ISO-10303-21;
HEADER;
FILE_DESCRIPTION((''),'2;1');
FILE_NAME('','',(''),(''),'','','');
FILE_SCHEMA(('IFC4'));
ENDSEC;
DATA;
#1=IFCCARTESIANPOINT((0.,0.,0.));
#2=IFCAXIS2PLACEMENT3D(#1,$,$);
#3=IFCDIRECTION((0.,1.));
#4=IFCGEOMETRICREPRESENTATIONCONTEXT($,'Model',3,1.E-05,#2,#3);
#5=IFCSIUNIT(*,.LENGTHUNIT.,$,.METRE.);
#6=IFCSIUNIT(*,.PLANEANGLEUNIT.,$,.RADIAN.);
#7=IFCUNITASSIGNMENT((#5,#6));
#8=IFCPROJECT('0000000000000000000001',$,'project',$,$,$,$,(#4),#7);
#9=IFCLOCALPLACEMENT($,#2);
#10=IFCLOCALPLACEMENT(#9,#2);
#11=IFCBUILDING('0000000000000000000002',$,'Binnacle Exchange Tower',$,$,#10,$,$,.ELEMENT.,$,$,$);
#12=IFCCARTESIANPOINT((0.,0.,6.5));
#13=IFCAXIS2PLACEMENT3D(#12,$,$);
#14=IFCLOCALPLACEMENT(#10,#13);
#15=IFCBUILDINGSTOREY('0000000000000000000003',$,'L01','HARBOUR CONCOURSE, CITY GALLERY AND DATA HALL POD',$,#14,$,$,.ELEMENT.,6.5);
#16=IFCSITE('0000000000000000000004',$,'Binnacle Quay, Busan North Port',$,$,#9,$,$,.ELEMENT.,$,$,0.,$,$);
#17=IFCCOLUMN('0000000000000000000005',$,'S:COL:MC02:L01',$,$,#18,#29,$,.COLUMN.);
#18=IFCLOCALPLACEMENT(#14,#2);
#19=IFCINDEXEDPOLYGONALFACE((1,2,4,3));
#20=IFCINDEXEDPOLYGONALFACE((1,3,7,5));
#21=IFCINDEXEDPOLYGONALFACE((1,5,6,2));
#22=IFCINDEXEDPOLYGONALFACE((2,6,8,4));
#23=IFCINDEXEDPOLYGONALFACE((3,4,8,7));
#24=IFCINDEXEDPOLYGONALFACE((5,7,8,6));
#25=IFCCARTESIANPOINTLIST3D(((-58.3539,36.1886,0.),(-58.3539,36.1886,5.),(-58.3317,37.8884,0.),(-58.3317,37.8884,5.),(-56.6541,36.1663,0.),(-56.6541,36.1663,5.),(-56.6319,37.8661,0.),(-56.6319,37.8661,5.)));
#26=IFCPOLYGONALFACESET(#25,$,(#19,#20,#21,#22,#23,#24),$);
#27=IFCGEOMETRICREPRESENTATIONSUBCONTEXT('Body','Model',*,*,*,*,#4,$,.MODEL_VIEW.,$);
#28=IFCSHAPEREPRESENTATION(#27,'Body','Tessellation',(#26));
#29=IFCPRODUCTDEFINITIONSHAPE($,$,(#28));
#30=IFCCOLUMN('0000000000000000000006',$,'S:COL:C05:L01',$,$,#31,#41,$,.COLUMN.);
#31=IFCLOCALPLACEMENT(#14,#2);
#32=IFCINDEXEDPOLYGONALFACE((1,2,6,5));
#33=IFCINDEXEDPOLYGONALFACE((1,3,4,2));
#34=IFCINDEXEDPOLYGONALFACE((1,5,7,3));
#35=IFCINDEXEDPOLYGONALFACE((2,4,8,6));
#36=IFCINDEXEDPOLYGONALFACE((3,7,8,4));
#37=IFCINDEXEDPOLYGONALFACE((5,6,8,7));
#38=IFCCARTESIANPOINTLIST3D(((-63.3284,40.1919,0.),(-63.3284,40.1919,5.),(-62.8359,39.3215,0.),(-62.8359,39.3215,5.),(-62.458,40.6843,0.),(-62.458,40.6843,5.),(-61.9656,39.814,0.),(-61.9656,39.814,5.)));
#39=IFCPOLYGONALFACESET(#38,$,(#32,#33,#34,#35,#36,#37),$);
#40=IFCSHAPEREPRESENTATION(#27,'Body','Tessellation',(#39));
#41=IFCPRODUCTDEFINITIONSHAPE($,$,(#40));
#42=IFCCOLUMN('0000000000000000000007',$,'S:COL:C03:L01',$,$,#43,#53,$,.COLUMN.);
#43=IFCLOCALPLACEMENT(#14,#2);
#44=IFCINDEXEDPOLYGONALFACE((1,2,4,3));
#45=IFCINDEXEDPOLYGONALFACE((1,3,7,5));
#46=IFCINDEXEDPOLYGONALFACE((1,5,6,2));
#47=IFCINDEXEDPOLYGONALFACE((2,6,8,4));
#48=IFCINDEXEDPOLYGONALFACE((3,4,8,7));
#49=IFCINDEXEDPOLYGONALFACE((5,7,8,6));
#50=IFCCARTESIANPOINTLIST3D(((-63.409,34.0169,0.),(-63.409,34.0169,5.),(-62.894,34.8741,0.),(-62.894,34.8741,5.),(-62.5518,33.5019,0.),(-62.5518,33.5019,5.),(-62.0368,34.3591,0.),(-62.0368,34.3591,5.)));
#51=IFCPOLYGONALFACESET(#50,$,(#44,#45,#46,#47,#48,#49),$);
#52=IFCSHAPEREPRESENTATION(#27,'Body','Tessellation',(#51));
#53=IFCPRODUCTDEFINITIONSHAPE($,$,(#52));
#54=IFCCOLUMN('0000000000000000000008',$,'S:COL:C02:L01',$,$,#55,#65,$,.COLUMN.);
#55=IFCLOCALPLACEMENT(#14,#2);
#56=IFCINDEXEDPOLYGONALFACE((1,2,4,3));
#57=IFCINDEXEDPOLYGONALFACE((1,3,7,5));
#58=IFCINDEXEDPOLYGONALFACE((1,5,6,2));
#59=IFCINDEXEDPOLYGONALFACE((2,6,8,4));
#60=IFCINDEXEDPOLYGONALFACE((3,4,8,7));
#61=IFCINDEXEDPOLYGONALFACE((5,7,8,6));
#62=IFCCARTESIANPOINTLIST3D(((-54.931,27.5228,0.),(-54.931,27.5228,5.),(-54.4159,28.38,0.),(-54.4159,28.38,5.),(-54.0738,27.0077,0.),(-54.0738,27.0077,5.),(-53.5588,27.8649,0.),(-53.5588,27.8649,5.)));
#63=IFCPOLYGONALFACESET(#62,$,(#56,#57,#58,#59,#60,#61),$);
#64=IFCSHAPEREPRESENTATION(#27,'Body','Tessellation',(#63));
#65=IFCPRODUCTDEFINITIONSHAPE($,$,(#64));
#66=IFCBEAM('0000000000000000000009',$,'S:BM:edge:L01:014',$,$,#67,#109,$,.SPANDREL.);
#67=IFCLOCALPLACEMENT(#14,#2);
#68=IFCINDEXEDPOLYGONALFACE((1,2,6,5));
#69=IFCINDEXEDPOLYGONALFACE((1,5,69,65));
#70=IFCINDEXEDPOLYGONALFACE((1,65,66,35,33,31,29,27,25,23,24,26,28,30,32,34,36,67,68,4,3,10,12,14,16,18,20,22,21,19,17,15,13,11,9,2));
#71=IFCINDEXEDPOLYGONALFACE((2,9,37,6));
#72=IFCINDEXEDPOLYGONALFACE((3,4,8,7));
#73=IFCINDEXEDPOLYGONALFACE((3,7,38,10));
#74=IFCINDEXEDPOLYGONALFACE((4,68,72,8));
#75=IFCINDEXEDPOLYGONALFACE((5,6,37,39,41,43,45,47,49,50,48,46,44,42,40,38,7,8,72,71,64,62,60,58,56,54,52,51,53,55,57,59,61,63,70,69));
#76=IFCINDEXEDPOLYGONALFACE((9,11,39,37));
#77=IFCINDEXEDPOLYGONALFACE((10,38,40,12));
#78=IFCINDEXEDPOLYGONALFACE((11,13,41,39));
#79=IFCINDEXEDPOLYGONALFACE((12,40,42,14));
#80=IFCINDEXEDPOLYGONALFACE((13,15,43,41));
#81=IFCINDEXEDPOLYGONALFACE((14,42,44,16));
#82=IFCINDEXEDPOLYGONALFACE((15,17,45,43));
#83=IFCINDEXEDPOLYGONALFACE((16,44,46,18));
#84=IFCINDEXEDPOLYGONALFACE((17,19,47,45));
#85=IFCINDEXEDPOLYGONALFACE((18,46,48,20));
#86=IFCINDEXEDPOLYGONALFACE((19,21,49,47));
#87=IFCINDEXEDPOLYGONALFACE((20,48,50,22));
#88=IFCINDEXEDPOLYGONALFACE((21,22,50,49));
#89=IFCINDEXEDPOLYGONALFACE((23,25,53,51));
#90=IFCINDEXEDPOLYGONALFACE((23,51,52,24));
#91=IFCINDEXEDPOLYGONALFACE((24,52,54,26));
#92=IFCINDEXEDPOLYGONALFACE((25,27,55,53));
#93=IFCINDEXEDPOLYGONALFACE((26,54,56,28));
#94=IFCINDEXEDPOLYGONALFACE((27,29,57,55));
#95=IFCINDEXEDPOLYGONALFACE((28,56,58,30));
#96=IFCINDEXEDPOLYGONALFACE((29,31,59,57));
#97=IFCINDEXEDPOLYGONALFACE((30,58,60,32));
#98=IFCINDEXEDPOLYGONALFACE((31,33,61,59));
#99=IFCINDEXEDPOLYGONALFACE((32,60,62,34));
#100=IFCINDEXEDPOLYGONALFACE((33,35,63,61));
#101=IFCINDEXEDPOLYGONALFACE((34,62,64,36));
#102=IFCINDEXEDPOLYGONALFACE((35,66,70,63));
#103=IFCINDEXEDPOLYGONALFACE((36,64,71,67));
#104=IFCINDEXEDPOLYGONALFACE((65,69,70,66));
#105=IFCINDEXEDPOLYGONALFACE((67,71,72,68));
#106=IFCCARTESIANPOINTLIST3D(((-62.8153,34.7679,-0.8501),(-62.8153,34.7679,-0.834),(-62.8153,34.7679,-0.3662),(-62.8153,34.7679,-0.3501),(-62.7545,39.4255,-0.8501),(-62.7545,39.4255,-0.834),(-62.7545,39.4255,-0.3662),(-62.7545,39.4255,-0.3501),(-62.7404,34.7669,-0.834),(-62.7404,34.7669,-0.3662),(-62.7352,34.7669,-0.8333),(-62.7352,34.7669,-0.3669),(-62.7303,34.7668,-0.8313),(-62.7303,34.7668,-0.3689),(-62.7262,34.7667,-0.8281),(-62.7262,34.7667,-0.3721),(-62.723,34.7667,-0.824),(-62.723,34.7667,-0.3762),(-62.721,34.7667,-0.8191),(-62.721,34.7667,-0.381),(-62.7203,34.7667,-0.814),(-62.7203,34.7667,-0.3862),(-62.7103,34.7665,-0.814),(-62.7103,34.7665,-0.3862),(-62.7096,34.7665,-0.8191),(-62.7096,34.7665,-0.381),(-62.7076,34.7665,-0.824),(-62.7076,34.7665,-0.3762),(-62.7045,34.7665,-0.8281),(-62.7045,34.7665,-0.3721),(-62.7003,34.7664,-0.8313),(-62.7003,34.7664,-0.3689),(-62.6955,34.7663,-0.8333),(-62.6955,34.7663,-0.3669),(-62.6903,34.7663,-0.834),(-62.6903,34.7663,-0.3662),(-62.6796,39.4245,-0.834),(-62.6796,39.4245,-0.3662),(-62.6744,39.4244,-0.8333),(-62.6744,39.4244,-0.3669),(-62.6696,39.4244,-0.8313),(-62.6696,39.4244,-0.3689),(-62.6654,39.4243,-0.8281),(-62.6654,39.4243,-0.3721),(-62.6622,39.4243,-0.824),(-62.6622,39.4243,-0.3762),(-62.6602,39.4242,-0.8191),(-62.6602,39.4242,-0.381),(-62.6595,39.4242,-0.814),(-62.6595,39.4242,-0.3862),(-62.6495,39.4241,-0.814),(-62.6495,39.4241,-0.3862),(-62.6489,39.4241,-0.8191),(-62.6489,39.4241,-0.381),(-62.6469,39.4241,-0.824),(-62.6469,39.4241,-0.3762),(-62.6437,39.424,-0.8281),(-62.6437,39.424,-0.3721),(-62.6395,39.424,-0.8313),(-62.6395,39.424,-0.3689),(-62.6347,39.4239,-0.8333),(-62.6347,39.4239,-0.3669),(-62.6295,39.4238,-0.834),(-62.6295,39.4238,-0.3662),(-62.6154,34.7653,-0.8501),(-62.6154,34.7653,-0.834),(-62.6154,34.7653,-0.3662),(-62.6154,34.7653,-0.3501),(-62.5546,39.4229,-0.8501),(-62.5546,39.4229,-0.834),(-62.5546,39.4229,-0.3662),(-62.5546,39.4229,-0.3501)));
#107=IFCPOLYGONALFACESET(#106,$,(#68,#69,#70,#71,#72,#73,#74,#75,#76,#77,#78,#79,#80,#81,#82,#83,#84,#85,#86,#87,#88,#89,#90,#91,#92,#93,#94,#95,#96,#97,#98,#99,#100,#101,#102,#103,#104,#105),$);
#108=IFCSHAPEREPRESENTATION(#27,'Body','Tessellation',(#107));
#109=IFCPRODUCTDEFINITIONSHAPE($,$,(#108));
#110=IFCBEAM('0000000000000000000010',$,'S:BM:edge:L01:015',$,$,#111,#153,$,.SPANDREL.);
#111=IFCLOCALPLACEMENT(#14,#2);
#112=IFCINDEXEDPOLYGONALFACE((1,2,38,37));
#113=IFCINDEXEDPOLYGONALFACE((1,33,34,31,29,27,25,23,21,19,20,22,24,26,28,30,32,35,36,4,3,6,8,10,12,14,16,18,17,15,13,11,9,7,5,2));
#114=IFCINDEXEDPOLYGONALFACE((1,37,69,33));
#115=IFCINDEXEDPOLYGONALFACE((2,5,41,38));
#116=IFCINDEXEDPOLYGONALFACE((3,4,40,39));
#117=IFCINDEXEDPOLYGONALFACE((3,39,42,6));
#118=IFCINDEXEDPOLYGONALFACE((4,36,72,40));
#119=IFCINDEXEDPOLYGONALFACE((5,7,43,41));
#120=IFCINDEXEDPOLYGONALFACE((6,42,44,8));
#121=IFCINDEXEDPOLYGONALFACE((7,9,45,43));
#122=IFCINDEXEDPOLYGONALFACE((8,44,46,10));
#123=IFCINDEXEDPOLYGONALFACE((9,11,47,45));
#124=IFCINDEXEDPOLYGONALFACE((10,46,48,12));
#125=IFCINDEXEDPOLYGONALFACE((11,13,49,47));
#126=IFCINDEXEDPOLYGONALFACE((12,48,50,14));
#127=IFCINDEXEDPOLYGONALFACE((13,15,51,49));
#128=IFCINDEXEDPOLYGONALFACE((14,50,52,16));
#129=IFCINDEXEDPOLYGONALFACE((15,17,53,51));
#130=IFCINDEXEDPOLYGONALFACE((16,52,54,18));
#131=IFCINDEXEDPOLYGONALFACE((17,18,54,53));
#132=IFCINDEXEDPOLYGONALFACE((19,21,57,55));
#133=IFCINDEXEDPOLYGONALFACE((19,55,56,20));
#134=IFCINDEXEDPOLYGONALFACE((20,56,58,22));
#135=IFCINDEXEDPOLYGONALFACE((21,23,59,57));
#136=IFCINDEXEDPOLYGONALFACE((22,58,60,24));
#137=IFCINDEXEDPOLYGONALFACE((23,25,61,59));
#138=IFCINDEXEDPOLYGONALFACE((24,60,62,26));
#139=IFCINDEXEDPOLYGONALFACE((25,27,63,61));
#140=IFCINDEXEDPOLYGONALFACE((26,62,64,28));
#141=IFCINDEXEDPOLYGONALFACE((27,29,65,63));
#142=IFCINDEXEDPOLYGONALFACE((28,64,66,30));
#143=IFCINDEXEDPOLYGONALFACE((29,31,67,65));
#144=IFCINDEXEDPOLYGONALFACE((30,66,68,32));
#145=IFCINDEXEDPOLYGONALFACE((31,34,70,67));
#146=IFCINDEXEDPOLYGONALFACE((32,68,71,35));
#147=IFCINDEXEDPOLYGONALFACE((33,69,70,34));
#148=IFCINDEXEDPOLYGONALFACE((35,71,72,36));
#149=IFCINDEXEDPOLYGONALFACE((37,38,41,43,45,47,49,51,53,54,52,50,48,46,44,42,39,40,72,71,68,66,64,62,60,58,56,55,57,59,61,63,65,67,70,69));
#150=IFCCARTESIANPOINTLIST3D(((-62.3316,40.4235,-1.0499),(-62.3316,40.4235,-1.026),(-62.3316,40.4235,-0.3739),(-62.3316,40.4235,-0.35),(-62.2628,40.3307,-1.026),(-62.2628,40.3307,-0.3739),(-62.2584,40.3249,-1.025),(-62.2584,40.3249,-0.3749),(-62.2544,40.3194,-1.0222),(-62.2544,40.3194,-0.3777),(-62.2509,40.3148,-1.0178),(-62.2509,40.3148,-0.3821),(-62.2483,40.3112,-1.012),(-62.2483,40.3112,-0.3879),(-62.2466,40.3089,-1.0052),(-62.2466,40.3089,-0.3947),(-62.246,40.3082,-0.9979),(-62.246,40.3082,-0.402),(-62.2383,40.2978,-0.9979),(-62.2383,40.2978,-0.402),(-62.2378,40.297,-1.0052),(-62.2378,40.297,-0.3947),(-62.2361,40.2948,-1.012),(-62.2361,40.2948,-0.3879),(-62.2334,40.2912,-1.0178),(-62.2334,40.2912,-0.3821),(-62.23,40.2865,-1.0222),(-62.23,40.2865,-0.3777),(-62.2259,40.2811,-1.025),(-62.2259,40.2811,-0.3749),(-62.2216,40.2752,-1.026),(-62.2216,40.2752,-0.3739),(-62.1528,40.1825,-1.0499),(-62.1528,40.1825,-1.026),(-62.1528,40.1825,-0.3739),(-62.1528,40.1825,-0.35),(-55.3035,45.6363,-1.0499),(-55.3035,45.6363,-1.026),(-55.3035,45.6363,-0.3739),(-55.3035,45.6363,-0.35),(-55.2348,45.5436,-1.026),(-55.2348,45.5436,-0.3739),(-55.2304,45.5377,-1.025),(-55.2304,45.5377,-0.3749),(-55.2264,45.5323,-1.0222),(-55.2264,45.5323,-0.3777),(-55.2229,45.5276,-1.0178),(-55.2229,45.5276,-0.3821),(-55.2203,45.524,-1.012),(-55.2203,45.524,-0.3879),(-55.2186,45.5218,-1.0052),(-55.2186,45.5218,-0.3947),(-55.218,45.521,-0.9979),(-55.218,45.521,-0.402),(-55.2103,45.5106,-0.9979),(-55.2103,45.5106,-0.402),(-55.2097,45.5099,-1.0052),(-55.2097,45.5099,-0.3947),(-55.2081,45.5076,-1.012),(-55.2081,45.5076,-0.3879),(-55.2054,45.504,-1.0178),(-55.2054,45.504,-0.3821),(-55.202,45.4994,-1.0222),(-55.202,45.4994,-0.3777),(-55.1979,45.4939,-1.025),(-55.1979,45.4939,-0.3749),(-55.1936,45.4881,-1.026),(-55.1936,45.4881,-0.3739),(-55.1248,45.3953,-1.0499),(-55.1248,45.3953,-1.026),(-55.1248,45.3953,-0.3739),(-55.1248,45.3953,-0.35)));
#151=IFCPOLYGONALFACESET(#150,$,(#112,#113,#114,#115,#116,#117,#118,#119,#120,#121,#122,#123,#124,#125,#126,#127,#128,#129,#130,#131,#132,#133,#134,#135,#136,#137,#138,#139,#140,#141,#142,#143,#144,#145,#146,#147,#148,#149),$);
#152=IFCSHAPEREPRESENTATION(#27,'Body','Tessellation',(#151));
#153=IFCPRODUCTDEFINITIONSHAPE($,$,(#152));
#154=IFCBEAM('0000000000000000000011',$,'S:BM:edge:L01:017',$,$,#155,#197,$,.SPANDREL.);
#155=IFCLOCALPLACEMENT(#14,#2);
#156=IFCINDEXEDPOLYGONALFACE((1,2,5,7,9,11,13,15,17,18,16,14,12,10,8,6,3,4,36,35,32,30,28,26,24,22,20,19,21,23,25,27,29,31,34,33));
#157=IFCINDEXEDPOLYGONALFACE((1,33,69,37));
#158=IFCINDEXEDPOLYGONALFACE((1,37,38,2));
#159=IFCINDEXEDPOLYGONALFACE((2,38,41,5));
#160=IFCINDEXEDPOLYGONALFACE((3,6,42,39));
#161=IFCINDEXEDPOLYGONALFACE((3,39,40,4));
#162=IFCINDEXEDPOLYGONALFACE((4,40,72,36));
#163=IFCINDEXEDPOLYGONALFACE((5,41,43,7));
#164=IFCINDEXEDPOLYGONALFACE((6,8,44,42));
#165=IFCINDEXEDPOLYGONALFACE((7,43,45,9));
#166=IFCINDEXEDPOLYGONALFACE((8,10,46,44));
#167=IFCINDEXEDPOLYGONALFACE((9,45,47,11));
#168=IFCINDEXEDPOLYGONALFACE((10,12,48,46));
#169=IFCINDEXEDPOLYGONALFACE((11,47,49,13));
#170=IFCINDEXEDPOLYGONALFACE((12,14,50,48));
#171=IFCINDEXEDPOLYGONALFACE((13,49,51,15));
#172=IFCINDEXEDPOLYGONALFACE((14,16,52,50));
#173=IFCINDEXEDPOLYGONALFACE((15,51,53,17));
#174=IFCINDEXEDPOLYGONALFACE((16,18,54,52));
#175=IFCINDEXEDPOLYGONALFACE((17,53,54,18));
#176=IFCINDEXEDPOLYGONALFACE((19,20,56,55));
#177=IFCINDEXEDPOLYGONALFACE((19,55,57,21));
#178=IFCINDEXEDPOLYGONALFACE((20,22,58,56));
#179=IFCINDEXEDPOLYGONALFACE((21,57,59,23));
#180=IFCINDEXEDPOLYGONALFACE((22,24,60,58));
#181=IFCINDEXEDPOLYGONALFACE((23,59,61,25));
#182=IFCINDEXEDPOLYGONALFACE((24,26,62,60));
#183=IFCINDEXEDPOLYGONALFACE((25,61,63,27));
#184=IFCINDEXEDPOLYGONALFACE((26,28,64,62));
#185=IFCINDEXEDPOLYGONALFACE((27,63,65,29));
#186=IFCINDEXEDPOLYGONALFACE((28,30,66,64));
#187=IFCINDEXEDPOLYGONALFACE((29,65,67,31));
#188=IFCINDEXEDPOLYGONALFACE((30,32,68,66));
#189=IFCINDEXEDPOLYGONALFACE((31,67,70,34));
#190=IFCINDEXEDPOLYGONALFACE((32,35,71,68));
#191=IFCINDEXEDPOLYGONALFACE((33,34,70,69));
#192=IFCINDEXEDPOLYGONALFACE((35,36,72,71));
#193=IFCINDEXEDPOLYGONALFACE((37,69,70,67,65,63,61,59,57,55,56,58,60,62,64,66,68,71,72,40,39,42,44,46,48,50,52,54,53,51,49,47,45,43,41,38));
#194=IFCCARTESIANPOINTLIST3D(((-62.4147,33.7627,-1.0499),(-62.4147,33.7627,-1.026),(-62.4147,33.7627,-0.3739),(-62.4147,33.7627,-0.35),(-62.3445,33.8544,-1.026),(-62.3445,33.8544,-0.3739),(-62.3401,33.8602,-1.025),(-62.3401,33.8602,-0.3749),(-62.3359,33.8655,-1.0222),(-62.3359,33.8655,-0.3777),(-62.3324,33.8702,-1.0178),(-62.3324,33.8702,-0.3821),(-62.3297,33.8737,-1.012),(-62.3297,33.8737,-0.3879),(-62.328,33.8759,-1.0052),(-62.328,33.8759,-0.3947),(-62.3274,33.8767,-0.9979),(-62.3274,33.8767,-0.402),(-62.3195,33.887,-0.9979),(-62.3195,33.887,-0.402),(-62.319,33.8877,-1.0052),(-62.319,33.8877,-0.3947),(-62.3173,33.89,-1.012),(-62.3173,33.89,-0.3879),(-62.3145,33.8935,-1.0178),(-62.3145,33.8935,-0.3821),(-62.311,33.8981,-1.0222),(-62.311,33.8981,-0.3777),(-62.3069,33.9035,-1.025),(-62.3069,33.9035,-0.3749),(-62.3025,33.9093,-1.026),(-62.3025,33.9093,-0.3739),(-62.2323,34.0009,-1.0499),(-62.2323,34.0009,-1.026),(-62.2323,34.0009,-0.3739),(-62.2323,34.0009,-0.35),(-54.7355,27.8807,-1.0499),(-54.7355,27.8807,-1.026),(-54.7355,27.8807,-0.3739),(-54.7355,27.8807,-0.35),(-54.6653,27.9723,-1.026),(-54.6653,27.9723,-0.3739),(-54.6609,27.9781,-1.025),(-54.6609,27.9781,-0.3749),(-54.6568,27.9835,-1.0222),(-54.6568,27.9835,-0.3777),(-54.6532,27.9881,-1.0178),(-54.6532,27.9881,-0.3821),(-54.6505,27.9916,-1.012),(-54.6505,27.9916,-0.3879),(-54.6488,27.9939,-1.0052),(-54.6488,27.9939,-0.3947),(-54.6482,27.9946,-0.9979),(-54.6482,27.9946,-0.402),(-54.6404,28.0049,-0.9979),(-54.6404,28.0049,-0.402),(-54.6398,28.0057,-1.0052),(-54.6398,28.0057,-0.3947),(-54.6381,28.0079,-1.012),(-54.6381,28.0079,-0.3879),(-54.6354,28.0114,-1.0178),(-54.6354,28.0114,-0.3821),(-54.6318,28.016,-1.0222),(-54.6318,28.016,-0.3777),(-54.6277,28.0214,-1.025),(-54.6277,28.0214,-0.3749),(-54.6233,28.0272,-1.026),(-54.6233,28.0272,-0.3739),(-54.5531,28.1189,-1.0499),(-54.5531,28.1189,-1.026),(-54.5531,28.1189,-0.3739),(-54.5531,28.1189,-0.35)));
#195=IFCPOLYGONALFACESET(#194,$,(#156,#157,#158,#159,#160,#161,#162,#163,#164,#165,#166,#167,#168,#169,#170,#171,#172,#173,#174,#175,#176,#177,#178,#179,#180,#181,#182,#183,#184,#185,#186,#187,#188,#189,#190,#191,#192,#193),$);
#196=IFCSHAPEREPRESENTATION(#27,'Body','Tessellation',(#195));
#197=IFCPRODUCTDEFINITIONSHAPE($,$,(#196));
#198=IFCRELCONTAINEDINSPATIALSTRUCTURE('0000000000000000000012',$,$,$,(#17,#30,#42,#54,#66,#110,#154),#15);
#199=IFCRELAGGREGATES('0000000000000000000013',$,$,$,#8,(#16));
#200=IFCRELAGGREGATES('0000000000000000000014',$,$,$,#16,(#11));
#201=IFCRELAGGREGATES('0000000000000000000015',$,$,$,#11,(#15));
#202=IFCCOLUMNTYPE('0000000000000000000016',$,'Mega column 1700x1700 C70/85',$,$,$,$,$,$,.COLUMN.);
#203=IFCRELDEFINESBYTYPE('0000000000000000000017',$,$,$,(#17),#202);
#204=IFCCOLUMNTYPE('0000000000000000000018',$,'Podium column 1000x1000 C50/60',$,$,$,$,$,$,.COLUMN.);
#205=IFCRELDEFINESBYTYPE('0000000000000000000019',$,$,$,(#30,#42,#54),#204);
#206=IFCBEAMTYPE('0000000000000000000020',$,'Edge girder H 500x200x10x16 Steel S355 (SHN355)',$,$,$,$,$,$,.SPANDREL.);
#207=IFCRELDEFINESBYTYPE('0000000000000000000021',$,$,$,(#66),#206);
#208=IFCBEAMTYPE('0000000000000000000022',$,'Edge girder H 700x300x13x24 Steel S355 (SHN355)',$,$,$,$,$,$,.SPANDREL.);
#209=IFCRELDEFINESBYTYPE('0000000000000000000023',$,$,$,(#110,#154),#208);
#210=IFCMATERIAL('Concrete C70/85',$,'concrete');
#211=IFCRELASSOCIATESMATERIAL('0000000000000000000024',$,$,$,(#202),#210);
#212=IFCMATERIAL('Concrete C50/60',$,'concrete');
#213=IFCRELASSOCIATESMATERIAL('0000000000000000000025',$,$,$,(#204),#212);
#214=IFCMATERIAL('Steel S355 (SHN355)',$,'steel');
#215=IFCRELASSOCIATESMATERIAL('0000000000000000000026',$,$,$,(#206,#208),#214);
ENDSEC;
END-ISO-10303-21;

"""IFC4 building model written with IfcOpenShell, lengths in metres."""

from ifc_helpers import new_model, si_unit, direction, frame, origin, origin_2d, place, context, subcontext, project, spatial, rectangle, i_section, extrude, material, material_profile, profile_set, type_object, element, save


model = new_model("IFC4")

# Units and contexts
model_context = context("Model", 3, precision=1e-05, world=origin(), true_north=direction((0.0, 1.0)))
body_context = subcontext(model_context, "Body", "Model", "MODEL_VIEW")
ifc_project = project(units=[si_unit("LENGTHUNIT", "METRE"), si_unit("PLANEANGLEUNIT", "RADIAN")], contexts=[model_context])

# Site, building, storey
site_placement = place(None, origin())
site = spatial("IfcSite", under=ifc_project, at=site_placement, Name="Binnacle Quay, Busan North Port", CompositionType="ELEMENT", RefElevation=0.0)
building_placement = place(site_placement, origin())
building = spatial("IfcBuilding", under=site, at=building_placement, Name="Binnacle Exchange Tower", CompositionType="ELEMENT")
storey_placement = place(building_placement, frame((0.0, 0.0, 6.5)))
storey = spatial("IfcBuildingStorey", under=building, at=storey_placement, Name="L01", Description="HARBOUR CONCOURSE, CITY GALLERY AND DATA HALL POD", CompositionType="ELEMENT", Elevation=6.5)

# Columns
ifc_material_1 = material(Name="Concrete C70/85", Category="concrete")
ifc_material_profile_1 = material_profile(ifc_material_1, rectangle(XDim=1.7, YDim=1.7, at=origin_2d()), Name="Mega column 1700x1700 C70/85")
ifc_profile_set_1 = profile_set([ifc_material_profile_1], Name="Concrete C70/85")
column_type_1 = type_object("IfcColumnType", Name="Mega column 1700x1700 C70/85", PredefinedType="COLUMN", material=ifc_profile_set_1)
column_placement = place(storey_placement, frame((-57.4929, 37.0273, 0.0), z_axis=(0.0, 0.0, 1.0), x_axis=(-0.01309, -0.999914, 0.0)))
element("IfcColumn", 1, at=column_placement, inside=storey, type_object=column_type_1, Name="S:COL:MC02:L01", PredefinedType="COLUMN", context=body_context, shape_type="SweptSolid", body=[
    extrude(rectangle(XDim=1.7, YDim=1.7, at=origin_2d()), origin(), (0.0, 0.0, 1.0), 5.0),
])
ifc_material_2 = material(Name="Concrete C50/60", Category="concrete")
ifc_material_profile_2 = material_profile(ifc_material_2, rectangle(XDim=1.0, YDim=1.0, at=origin_2d()), Name="Podium column 1000x1000 C50/60")
ifc_profile_set_2 = profile_set([ifc_material_profile_2], Name="Concrete C50/60")
column_type_2 = type_object("IfcColumnType", Name="Podium column 1000x1000 C50/60", PredefinedType="COLUMN", material=ifc_profile_set_2)
for number, where, z_axis, x_axis, name in (
    (2, (-62.647, 40.0029, 0.0), (0.0, 0.0, 1.0), (-0.870356, -0.492424, 0.0), "S:COL:C05:L01"),
    (3, (-62.7229, 34.188, 0.0), (0.0, 0.0, 1.0), (0.857167, -0.515038, 0.0), "S:COL:C03:L01"),
    (4, (-54.2449, 27.6938, 0.0), (0.0, 0.0, 1.0), (0.857167, -0.515038, 0.0), "S:COL:C02:L01"),
):
    element("IfcColumn", number, at=place(storey_placement, frame(where, z_axis=z_axis, x_axis=x_axis)), inside=storey, type_object=column_type_2, Name=name, PredefinedType="COLUMN", context=body_context, shape_type="SweptSolid", body=[
        extrude(rectangle(XDim=1.0, YDim=1.0, at=origin_2d()), origin(), (0.0, 0.0, 1.0), 5.0),
    ])

# Beams
ifc_material_3 = material(Name="Steel S355 (SHN355)", Category="steel")
ifc_material_profile_3 = material_profile(ifc_material_3, i_section(OverallWidth=0.2, OverallDepth=0.5, WebThickness=0.01, FlangeThickness=0.0161, FilletRadius=0.02, at=origin_2d()), Name="H 500x200x10x16")
ifc_profile_set_3 = profile_set([ifc_material_profile_3], Name="Steel S355 (SHN355)")
beam_type_1 = type_object("IfcBeamType", Name="Edge girder H 500x200x10x16 Steel S355 (SHN355)", PredefinedType="SPANDREL", material=ifc_profile_set_3)
beam_1_placement = place(storey_placement, frame((-62.7153, 34.7666, -0.6001), z_axis=(0.013051, 0.999915, 0.0), x_axis=(-0.999915, 0.013051, 0.0)))
element("IfcBeam", 5, at=beam_1_placement, inside=storey, type_object=beam_type_1, Name="S:BM:edge:L01:014", PredefinedType="SPANDREL", context=body_context, shape_type="SweptSolid", body=[
    extrude(i_section(OverallWidth=0.2, OverallDepth=0.5, WebThickness=0.01, FlangeThickness=0.0161, FilletRadius=0.02, at=origin_2d()), origin(), (0.0, 0.0, 1.0), 4.658),
])
ifc_material_profile_4 = material_profile(ifc_material_3, i_section(OverallWidth=0.3, OverallDepth=0.7, WebThickness=0.0129, FlangeThickness=0.0239, FilletRadius=0.0281, at=origin_2d()), Name="H 700x300x13x24")
ifc_profile_set_4 = profile_set([ifc_material_profile_4], Name="Steel S355 (SHN355)")
beam_type_2 = type_object("IfcBeamType", Name="Edge girder H 700x300x13x24 Steel S355 (SHN355)", PredefinedType="SPANDREL", material=ifc_profile_set_4)
beam_2_placement = place(storey_placement, frame((-62.2422, 40.303, -0.7), z_axis=(0.803179, 0.595737, 0.0), x_axis=(-0.595737, 0.803179, 0.0)))
element("IfcBeam", 6, at=beam_2_placement, inside=storey, type_object=beam_type_2, Name="S:BM:edge:L01:015", PredefinedType="SPANDREL", context=body_context, shape_type="SweptSolid", body=[
    extrude(i_section(OverallWidth=0.3, OverallDepth=0.7, WebThickness=0.0129, FlangeThickness=0.0239, FilletRadius=0.0281, at=origin_2d()), origin(), (0.0, 0.0, 1.0), 8.7502),
])
beam_3_placement = place(storey_placement, frame((-54.6443, 27.9998, -0.7), z_axis=(-0.793871, 0.608086, 0.0), x_axis=(-0.608086, -0.793871, 0.0)))
element("IfcBeam", 7, at=beam_3_placement, inside=storey, type_object=beam_type_2, Name="S:BM:edge:L01:017", PredefinedType="SPANDREL", context=body_context, shape_type="SweptSolid", body=[
    extrude(i_section(OverallWidth=0.3, OverallDepth=0.7, WebThickness=0.0129, FlangeThickness=0.0239, FilletRadius=0.0281, at=origin_2d()), origin(), (0.0, 0.0, 1.0), 9.6731),
])

save(model, "model.ifc")
